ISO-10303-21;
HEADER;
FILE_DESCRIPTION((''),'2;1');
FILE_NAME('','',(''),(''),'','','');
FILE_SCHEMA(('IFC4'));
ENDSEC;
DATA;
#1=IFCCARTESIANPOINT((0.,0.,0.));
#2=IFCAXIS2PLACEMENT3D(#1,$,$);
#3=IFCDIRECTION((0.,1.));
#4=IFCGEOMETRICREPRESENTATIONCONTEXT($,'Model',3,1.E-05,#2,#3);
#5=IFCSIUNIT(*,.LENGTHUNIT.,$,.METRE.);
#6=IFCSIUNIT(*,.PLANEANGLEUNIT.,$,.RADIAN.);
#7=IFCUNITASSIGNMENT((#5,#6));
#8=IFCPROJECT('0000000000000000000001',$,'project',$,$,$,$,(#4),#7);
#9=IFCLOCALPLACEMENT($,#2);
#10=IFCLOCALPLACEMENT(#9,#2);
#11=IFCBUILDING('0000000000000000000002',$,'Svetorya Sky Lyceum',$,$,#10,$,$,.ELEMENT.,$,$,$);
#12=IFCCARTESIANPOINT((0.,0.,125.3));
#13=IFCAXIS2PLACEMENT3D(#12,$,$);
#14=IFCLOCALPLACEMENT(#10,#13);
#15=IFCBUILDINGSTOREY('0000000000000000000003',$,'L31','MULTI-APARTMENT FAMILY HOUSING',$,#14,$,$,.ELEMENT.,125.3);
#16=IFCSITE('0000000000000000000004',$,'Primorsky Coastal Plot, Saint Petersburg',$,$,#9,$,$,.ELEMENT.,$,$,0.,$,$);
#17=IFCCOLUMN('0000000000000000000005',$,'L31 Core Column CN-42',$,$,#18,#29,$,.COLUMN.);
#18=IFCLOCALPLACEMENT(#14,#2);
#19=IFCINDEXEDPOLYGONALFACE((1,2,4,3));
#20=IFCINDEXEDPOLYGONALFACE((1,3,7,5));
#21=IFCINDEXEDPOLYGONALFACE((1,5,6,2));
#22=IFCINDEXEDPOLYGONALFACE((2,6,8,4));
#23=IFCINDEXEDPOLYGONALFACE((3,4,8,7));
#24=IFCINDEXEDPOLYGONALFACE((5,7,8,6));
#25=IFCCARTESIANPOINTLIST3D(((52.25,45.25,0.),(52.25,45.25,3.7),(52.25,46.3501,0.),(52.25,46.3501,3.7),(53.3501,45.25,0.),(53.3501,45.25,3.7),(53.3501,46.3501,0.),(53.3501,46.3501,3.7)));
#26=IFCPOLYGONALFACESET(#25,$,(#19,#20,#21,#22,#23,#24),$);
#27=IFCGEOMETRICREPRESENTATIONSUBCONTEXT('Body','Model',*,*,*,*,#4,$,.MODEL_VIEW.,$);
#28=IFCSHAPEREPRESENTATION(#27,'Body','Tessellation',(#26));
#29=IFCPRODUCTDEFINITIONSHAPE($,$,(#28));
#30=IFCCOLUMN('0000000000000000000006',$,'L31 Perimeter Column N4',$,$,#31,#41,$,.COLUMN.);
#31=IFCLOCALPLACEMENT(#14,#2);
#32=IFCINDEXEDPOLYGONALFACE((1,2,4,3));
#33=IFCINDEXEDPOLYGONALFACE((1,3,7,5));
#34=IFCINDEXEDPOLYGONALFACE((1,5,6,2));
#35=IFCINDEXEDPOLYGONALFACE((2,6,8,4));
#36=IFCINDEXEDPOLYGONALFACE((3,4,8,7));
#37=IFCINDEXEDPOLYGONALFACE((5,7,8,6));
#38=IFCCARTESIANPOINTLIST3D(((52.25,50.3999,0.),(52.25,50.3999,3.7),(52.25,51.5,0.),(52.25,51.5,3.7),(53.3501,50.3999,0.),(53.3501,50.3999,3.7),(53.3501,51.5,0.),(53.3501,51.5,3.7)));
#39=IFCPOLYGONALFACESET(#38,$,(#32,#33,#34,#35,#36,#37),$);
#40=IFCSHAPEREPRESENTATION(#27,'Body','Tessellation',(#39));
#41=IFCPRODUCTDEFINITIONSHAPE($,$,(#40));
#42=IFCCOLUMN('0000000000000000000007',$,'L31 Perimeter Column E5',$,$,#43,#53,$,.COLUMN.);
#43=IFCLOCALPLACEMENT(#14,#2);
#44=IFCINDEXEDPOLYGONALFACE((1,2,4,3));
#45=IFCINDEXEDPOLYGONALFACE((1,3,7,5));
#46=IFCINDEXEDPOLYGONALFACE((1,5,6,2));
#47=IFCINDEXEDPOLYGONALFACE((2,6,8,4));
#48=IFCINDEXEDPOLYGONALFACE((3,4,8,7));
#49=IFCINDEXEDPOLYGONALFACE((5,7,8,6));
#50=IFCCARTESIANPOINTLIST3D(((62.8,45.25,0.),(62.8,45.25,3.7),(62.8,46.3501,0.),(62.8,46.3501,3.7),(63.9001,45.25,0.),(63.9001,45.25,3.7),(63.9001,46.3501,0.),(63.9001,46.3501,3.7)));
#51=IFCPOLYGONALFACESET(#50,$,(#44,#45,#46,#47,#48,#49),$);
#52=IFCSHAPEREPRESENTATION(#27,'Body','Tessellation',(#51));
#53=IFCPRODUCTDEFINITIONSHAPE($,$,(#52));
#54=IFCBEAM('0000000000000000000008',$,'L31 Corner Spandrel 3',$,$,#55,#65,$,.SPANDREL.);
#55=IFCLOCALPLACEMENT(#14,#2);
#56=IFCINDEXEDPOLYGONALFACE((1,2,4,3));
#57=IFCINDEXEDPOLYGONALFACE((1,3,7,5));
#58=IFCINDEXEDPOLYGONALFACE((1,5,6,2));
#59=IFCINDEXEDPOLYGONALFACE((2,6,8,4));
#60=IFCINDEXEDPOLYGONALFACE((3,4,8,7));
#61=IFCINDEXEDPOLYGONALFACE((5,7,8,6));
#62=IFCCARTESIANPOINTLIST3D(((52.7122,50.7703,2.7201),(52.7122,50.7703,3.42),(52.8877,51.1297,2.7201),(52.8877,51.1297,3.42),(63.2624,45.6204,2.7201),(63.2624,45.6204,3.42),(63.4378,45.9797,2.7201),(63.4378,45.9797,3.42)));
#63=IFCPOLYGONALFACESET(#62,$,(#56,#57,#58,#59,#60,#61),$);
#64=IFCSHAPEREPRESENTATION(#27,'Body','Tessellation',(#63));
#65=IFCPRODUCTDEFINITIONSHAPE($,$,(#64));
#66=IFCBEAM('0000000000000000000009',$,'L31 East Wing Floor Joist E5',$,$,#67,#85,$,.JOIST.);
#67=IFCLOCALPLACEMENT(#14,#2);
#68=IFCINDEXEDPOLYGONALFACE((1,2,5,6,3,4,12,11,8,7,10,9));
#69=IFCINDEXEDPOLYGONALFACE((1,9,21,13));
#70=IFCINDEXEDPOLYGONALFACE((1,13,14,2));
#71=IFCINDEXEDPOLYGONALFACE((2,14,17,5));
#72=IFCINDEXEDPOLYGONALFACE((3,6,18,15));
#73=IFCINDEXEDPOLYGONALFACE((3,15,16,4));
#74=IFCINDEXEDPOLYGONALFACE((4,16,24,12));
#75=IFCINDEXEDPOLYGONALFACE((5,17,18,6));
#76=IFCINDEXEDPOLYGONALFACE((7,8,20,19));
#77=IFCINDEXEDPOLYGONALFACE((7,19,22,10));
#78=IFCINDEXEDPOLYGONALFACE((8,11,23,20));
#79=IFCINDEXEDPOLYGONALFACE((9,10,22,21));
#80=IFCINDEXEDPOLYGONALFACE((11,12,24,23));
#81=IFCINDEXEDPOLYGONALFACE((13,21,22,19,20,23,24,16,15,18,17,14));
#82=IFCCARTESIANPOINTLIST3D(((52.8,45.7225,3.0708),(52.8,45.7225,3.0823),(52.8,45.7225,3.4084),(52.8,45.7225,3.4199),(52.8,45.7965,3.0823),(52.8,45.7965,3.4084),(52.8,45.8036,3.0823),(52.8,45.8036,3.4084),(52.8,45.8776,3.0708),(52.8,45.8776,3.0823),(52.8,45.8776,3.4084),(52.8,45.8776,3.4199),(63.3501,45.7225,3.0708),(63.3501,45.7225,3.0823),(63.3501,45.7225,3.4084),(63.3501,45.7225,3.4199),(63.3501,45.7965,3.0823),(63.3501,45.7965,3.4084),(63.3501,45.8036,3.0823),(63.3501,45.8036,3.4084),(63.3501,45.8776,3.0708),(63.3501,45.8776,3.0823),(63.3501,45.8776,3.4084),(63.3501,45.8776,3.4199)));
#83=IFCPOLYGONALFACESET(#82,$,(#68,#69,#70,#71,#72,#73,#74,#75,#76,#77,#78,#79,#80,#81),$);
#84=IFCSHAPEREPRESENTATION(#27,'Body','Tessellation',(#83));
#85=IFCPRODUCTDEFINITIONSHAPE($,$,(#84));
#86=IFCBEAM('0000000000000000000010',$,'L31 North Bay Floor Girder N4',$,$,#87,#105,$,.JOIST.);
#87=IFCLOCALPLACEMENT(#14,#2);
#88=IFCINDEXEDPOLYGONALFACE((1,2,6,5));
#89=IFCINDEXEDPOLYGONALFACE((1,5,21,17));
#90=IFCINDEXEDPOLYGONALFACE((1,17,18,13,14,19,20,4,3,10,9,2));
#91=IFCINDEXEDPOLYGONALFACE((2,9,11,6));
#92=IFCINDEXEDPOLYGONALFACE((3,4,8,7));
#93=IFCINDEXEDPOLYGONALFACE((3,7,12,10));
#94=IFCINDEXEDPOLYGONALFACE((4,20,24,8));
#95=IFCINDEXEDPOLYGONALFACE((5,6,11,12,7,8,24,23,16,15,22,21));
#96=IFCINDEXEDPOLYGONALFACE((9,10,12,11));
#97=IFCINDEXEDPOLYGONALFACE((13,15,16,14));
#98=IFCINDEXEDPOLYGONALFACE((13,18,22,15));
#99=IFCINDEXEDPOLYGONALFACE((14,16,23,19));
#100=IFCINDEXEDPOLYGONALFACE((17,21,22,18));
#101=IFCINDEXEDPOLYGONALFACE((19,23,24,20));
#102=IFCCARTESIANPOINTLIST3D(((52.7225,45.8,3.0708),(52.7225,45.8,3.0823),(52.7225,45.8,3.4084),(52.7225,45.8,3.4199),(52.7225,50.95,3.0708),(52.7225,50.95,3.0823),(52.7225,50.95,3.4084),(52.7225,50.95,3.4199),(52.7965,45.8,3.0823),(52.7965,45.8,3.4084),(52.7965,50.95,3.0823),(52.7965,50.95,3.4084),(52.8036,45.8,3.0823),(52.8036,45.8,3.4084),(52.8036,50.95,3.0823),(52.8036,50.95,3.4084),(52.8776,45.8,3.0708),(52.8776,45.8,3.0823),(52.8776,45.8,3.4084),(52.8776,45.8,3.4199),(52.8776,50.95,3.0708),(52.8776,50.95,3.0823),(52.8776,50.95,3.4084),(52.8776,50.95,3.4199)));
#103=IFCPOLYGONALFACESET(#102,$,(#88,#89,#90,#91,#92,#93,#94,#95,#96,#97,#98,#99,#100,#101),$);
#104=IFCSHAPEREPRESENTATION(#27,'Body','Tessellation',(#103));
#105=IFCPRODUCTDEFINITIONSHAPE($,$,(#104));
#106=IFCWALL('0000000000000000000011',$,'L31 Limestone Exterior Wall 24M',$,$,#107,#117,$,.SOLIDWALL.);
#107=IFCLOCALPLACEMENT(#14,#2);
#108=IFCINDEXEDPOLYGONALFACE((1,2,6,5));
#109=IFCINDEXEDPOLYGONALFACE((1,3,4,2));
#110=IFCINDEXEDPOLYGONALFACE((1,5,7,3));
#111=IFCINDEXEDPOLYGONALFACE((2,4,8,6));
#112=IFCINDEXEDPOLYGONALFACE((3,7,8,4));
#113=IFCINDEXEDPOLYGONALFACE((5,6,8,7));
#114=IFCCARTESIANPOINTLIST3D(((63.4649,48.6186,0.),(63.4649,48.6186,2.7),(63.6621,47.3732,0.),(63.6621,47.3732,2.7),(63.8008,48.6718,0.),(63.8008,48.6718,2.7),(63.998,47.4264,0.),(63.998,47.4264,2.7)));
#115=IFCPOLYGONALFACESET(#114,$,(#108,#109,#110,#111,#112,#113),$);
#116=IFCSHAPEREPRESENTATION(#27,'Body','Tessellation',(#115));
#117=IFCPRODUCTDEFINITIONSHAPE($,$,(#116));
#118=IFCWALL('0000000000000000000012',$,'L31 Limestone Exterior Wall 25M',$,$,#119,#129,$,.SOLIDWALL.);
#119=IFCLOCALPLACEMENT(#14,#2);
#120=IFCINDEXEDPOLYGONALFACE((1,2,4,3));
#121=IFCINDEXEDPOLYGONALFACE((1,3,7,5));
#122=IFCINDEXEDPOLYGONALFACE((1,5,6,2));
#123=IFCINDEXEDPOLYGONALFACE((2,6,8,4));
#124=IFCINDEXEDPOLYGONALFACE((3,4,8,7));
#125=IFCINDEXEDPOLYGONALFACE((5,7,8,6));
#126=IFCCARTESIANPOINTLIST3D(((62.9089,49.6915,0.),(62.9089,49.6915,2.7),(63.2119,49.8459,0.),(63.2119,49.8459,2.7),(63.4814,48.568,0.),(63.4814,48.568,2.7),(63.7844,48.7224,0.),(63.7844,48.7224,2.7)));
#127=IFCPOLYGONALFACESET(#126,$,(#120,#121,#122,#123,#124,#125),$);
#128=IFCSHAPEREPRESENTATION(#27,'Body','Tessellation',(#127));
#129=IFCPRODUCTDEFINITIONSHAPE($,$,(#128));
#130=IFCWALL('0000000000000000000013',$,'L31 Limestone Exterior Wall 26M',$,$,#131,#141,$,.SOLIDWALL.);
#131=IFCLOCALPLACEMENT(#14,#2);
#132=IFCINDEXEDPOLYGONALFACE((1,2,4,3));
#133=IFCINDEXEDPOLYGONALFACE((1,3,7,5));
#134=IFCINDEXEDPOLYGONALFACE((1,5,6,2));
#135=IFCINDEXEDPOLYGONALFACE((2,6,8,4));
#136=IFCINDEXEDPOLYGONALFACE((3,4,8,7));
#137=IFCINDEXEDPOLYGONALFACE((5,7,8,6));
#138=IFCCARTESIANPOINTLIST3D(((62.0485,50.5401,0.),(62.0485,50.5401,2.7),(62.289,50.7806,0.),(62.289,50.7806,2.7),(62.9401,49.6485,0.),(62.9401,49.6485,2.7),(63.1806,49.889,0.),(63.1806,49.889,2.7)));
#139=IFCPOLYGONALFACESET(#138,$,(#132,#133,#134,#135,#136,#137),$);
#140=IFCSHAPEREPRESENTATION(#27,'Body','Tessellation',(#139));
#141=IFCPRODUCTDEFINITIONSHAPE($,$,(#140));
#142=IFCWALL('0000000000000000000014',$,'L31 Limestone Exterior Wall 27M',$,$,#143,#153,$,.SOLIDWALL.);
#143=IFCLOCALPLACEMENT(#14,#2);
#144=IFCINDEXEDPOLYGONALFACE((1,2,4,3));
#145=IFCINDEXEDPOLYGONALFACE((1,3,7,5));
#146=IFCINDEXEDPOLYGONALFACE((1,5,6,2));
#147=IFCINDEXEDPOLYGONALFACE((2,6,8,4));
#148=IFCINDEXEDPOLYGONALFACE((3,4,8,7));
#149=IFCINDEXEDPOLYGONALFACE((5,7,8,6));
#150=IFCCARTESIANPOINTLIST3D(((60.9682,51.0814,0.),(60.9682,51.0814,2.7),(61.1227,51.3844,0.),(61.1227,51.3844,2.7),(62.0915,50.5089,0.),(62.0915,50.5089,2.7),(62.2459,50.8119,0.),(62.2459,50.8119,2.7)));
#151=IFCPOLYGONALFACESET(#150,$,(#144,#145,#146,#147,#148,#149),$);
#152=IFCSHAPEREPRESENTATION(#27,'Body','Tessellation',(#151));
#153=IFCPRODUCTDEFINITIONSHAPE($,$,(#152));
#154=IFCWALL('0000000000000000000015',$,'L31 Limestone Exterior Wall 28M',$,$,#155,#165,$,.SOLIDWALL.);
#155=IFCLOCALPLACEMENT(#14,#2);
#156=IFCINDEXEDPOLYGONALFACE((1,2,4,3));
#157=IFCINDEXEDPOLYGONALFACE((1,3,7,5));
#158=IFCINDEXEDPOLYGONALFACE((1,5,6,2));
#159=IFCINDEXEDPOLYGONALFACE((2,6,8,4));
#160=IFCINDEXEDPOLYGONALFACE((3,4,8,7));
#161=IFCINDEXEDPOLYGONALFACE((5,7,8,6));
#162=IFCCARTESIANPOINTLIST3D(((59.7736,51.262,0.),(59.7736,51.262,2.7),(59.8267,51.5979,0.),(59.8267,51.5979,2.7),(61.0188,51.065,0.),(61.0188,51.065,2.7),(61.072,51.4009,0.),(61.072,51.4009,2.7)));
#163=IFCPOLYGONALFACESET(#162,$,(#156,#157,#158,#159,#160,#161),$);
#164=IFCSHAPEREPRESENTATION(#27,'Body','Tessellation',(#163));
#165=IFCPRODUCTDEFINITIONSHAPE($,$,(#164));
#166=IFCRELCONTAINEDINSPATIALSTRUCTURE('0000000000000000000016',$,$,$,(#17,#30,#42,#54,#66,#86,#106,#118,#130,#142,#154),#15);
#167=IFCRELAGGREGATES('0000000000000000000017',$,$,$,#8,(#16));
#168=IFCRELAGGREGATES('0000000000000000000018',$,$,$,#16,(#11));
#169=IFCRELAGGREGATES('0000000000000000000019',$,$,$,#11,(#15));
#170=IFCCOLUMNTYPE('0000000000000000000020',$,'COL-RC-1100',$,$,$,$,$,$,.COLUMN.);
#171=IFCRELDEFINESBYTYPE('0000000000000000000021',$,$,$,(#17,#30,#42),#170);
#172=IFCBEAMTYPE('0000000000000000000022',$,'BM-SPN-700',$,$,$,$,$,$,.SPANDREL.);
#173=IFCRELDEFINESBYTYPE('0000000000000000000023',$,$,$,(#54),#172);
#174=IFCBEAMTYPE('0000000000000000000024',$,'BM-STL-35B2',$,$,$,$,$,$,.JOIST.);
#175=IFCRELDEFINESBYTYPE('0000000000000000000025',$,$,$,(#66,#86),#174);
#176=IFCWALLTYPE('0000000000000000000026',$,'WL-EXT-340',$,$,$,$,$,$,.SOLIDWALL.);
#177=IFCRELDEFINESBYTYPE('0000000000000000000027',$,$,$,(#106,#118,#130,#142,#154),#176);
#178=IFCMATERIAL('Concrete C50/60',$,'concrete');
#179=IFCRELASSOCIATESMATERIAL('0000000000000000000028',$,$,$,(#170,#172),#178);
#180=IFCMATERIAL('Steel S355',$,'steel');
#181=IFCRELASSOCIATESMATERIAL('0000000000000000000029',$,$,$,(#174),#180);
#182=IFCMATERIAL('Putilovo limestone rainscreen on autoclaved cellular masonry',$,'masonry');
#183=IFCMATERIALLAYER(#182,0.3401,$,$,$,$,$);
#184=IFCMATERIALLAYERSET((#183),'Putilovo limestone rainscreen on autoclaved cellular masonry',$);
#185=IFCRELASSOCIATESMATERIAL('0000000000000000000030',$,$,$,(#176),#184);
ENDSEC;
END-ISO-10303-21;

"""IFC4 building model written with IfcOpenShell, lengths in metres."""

from ifc_helpers import new_model, si_unit, direction, frame, frame_2d, origin, origin_2d, place, context, subcontext, project, spatial, rectangle, i_section, extrude, material, layer, layer_set, material_profile, profile_set, type_object, element, save


model = new_model("IFC4")

# Units and contexts
model_context = context("Model", 3, precision=1e-05, world=origin(), true_north=direction((0.0, 1.0)))
body_context = subcontext(model_context, "Body", "Model", "MODEL_VIEW")
ifc_project = project(units=[si_unit("LENGTHUNIT", "METRE"), si_unit("PLANEANGLEUNIT", "RADIAN")], contexts=[model_context])

# Site, building, storey
site_placement = place(None, origin())
site = spatial("IfcSite", under=ifc_project, at=site_placement, Name="Primorsky Coastal Plot, Saint Petersburg", CompositionType="ELEMENT", RefElevation=0.0)
building_placement = place(site_placement, origin())
building = spatial("IfcBuilding", under=site, at=building_placement, Name="Svetorya Sky Lyceum", CompositionType="ELEMENT")
storey_placement = place(building_placement, frame((0.0, 0.0, 125.3)))
storey = spatial("IfcBuildingStorey", under=building, at=storey_placement, Name="L31", Description="MULTI-APARTMENT FAMILY HOUSING", CompositionType="ELEMENT", Elevation=125.3)

# Columns
ifc_material_1 = material(Name="Concrete C50/60", Category="concrete")
ifc_material_profile_1 = material_profile(ifc_material_1, rectangle(XDim=1.1001, YDim=1.1001, at=origin_2d()), Name="RC COL 1100x1100")
ifc_profile_set_1 = profile_set([ifc_material_profile_1], Name="Concrete C50/60")
column_type = type_object("IfcColumnType", Name="COL-RC-1100", PredefinedType="COLUMN", material=ifc_profile_set_1)
for number, where, z_axis, x_axis, name in (
    (1, (52.8, 45.8, 0.0), (0.0, 0.0, 1.0), (1.0, 0.0, 0.0), "L31 Core Column CN-42"),
    (2, (52.8, 50.95, 0.0), (0.0, 0.0, 1.0), (1.0, 0.0, 0.0), "L31 Perimeter Column N4"),
    (3, (63.3501, 45.8, 0.0), (0.0, 0.0, 1.0), (1.0, 0.0, 0.0), "L31 Perimeter Column E5"),
):
    element("IfcColumn", number, at=place(storey_placement, frame(where, z_axis=z_axis, x_axis=x_axis)), inside=storey, type_object=column_type, Name=name, PredefinedType="COLUMN", context=body_context, shape_type="SweptSolid", body=[
        extrude(rectangle(XDim=1.1001, YDim=1.1001, at=origin_2d()), origin(), (0.0, 0.0, 1.0), 3.7),
    ])

# Beams
ifc_material_profile_2 = material_profile(ifc_material_1, rectangle(XDim=0.3999, YDim=0.7, at=origin_2d()), Name="RC SPANDREL 400x700")
ifc_profile_set_2 = profile_set([ifc_material_profile_2], Name="Concrete C50/60")
beam_type_1 = type_object("IfcBeamType", Name="BM-SPN-700", PredefinedType="SPANDREL", material=ifc_profile_set_2)
beam_1_placement = place(storey_placement, frame((63.3501, 45.8, 3.0701), z_axis=(-0.89865, 0.438667, 0.0), x_axis=(-0.438667, -0.89865, 0.0)))
element("IfcBeam", 4, at=beam_1_placement, inside=storey, type_object=beam_type_1, Name="L31 Corner Spandrel 3", PredefinedType="SPANDREL", context=body_context, shape_type="SweptSolid", body=[
    extrude(rectangle(XDim=0.3999, YDim=0.7, at=origin_2d()), origin(), (0.0, 0.0, 1.0), 11.74),
])
ifc_material_2 = material(Name="Steel S355", Category="steel")
ifc_material_profile_3 = material_profile(ifc_material_2, i_section(OverallWidth=0.155, OverallDepth=0.3491, WebThickness=0.0071, FlangeThickness=0.0115, at=origin_2d()), Name="GOST 35B2")
ifc_profile_set_3 = profile_set([ifc_material_profile_3], Name="Steel S355")
beam_type_2 = type_object("IfcBeamType", Name="BM-STL-35B2", PredefinedType="JOIST", material=ifc_profile_set_3)
beam_2_placement = place(storey_placement, frame((52.8, 45.8, 3.2454), z_axis=(1.0, 0.0, 0.0), x_axis=(0.0, 1.0, 0.0)))
element("IfcBeam", 5, at=beam_2_placement, inside=storey, type_object=beam_type_2, Name="L31 East Wing Floor Joist E5", PredefinedType="JOIST", context=body_context, shape_type="SweptSolid", body=[
    extrude(i_section(OverallWidth=0.155, OverallDepth=0.3491, WebThickness=0.0071, FlangeThickness=0.0115, at=origin_2d()), origin(), (0.0, 0.0, 1.0), 10.55),
])
beam_3_placement = place(storey_placement, frame((52.8, 45.8, 3.2454), z_axis=(0.0, 1.0, 0.0), x_axis=(-1.0, 0.0, 0.0)))
element("IfcBeam", 6, at=beam_3_placement, inside=storey, type_object=beam_type_2, Name="L31 North Bay Floor Girder N4", PredefinedType="JOIST", context=body_context, shape_type="SweptSolid", body=[
    extrude(i_section(OverallWidth=0.155, OverallDepth=0.3491, WebThickness=0.0071, FlangeThickness=0.0115, at=origin_2d()), origin(), (0.0, 0.0, 1.0), 5.1499),
])

# Walls
ifc_material_3 = material(Name="Putilovo limestone rainscreen on autoclaved cellular masonry", Category="masonry")
ifc_layer_1 = layer(ifc_material_3, 0.3401)
ifc_layer_set_1 = layer_set([ifc_layer_1], Name="Putilovo limestone rainscreen on autoclaved cellular masonry")
wall_type_1 = type_object("IfcWallType", Name="WL-EXT-340", PredefinedType="SOLIDWALL", material=ifc_layer_set_1)
for number, where, z_axis, x_axis, name in (
    (7, (63.8301, 47.3999, 0.0), (0.0, 0.0, 1.0), (-0.15645, 0.987686, 0.0), "L31 Limestone Exterior Wall 24M"),
    (8, (63.6328, 48.6453, 0.0), (0.0, 0.0, 1.0), (-0.454016, 0.890994, 0.0), "L31 Limestone Exterior Wall 25M"),
    (9, (63.0603, 49.7688, 0.0), (0.0, 0.0, 1.0), (-0.707107, 0.707107, 0.0), "L31 Limestone Exterior Wall 26M"),
):
    element("IfcWall", number, at=place(storey_placement, frame(where, z_axis=z_axis, x_axis=x_axis)), inside=storey, type_object=wall_type_1, Name=name, PredefinedType="SOLIDWALL", context=body_context, shape_type="SweptSolid", body=[
        extrude(rectangle(XDim=1.261, YDim=0.3401, at=frame_2d((0.6304, 0.0))), origin(), (0.0, 0.0, 1.0), 2.7),
    ])
for number, where, z_axis, x_axis, name in (
    (10, (62.1687, 50.6604, 0.0), (0.0, 0.0, 1.0), (-0.890954, 0.454094, 0.0), "L31 Limestone Exterior Wall 27M"),
    (11, (61.0454, 51.2329, 0.0), (0.0, 0.0, 1.0), (-0.987716, 0.156261, 0.0), "L31 Limestone Exterior Wall 28M"),
):
    element("IfcWall", number, at=place(storey_placement, frame(where, z_axis=z_axis, x_axis=x_axis)), inside=storey, type_object=wall_type_1, Name=name, PredefinedType="SOLIDWALL", context=body_context, shape_type="SweptSolid", body=[
        extrude(rectangle(XDim=1.2607, YDim=0.3401, at=frame_2d((0.6304, 0.0))), origin(), (0.0, 0.0, 1.0), 2.7),
    ])

save(model, "model.ifc")
